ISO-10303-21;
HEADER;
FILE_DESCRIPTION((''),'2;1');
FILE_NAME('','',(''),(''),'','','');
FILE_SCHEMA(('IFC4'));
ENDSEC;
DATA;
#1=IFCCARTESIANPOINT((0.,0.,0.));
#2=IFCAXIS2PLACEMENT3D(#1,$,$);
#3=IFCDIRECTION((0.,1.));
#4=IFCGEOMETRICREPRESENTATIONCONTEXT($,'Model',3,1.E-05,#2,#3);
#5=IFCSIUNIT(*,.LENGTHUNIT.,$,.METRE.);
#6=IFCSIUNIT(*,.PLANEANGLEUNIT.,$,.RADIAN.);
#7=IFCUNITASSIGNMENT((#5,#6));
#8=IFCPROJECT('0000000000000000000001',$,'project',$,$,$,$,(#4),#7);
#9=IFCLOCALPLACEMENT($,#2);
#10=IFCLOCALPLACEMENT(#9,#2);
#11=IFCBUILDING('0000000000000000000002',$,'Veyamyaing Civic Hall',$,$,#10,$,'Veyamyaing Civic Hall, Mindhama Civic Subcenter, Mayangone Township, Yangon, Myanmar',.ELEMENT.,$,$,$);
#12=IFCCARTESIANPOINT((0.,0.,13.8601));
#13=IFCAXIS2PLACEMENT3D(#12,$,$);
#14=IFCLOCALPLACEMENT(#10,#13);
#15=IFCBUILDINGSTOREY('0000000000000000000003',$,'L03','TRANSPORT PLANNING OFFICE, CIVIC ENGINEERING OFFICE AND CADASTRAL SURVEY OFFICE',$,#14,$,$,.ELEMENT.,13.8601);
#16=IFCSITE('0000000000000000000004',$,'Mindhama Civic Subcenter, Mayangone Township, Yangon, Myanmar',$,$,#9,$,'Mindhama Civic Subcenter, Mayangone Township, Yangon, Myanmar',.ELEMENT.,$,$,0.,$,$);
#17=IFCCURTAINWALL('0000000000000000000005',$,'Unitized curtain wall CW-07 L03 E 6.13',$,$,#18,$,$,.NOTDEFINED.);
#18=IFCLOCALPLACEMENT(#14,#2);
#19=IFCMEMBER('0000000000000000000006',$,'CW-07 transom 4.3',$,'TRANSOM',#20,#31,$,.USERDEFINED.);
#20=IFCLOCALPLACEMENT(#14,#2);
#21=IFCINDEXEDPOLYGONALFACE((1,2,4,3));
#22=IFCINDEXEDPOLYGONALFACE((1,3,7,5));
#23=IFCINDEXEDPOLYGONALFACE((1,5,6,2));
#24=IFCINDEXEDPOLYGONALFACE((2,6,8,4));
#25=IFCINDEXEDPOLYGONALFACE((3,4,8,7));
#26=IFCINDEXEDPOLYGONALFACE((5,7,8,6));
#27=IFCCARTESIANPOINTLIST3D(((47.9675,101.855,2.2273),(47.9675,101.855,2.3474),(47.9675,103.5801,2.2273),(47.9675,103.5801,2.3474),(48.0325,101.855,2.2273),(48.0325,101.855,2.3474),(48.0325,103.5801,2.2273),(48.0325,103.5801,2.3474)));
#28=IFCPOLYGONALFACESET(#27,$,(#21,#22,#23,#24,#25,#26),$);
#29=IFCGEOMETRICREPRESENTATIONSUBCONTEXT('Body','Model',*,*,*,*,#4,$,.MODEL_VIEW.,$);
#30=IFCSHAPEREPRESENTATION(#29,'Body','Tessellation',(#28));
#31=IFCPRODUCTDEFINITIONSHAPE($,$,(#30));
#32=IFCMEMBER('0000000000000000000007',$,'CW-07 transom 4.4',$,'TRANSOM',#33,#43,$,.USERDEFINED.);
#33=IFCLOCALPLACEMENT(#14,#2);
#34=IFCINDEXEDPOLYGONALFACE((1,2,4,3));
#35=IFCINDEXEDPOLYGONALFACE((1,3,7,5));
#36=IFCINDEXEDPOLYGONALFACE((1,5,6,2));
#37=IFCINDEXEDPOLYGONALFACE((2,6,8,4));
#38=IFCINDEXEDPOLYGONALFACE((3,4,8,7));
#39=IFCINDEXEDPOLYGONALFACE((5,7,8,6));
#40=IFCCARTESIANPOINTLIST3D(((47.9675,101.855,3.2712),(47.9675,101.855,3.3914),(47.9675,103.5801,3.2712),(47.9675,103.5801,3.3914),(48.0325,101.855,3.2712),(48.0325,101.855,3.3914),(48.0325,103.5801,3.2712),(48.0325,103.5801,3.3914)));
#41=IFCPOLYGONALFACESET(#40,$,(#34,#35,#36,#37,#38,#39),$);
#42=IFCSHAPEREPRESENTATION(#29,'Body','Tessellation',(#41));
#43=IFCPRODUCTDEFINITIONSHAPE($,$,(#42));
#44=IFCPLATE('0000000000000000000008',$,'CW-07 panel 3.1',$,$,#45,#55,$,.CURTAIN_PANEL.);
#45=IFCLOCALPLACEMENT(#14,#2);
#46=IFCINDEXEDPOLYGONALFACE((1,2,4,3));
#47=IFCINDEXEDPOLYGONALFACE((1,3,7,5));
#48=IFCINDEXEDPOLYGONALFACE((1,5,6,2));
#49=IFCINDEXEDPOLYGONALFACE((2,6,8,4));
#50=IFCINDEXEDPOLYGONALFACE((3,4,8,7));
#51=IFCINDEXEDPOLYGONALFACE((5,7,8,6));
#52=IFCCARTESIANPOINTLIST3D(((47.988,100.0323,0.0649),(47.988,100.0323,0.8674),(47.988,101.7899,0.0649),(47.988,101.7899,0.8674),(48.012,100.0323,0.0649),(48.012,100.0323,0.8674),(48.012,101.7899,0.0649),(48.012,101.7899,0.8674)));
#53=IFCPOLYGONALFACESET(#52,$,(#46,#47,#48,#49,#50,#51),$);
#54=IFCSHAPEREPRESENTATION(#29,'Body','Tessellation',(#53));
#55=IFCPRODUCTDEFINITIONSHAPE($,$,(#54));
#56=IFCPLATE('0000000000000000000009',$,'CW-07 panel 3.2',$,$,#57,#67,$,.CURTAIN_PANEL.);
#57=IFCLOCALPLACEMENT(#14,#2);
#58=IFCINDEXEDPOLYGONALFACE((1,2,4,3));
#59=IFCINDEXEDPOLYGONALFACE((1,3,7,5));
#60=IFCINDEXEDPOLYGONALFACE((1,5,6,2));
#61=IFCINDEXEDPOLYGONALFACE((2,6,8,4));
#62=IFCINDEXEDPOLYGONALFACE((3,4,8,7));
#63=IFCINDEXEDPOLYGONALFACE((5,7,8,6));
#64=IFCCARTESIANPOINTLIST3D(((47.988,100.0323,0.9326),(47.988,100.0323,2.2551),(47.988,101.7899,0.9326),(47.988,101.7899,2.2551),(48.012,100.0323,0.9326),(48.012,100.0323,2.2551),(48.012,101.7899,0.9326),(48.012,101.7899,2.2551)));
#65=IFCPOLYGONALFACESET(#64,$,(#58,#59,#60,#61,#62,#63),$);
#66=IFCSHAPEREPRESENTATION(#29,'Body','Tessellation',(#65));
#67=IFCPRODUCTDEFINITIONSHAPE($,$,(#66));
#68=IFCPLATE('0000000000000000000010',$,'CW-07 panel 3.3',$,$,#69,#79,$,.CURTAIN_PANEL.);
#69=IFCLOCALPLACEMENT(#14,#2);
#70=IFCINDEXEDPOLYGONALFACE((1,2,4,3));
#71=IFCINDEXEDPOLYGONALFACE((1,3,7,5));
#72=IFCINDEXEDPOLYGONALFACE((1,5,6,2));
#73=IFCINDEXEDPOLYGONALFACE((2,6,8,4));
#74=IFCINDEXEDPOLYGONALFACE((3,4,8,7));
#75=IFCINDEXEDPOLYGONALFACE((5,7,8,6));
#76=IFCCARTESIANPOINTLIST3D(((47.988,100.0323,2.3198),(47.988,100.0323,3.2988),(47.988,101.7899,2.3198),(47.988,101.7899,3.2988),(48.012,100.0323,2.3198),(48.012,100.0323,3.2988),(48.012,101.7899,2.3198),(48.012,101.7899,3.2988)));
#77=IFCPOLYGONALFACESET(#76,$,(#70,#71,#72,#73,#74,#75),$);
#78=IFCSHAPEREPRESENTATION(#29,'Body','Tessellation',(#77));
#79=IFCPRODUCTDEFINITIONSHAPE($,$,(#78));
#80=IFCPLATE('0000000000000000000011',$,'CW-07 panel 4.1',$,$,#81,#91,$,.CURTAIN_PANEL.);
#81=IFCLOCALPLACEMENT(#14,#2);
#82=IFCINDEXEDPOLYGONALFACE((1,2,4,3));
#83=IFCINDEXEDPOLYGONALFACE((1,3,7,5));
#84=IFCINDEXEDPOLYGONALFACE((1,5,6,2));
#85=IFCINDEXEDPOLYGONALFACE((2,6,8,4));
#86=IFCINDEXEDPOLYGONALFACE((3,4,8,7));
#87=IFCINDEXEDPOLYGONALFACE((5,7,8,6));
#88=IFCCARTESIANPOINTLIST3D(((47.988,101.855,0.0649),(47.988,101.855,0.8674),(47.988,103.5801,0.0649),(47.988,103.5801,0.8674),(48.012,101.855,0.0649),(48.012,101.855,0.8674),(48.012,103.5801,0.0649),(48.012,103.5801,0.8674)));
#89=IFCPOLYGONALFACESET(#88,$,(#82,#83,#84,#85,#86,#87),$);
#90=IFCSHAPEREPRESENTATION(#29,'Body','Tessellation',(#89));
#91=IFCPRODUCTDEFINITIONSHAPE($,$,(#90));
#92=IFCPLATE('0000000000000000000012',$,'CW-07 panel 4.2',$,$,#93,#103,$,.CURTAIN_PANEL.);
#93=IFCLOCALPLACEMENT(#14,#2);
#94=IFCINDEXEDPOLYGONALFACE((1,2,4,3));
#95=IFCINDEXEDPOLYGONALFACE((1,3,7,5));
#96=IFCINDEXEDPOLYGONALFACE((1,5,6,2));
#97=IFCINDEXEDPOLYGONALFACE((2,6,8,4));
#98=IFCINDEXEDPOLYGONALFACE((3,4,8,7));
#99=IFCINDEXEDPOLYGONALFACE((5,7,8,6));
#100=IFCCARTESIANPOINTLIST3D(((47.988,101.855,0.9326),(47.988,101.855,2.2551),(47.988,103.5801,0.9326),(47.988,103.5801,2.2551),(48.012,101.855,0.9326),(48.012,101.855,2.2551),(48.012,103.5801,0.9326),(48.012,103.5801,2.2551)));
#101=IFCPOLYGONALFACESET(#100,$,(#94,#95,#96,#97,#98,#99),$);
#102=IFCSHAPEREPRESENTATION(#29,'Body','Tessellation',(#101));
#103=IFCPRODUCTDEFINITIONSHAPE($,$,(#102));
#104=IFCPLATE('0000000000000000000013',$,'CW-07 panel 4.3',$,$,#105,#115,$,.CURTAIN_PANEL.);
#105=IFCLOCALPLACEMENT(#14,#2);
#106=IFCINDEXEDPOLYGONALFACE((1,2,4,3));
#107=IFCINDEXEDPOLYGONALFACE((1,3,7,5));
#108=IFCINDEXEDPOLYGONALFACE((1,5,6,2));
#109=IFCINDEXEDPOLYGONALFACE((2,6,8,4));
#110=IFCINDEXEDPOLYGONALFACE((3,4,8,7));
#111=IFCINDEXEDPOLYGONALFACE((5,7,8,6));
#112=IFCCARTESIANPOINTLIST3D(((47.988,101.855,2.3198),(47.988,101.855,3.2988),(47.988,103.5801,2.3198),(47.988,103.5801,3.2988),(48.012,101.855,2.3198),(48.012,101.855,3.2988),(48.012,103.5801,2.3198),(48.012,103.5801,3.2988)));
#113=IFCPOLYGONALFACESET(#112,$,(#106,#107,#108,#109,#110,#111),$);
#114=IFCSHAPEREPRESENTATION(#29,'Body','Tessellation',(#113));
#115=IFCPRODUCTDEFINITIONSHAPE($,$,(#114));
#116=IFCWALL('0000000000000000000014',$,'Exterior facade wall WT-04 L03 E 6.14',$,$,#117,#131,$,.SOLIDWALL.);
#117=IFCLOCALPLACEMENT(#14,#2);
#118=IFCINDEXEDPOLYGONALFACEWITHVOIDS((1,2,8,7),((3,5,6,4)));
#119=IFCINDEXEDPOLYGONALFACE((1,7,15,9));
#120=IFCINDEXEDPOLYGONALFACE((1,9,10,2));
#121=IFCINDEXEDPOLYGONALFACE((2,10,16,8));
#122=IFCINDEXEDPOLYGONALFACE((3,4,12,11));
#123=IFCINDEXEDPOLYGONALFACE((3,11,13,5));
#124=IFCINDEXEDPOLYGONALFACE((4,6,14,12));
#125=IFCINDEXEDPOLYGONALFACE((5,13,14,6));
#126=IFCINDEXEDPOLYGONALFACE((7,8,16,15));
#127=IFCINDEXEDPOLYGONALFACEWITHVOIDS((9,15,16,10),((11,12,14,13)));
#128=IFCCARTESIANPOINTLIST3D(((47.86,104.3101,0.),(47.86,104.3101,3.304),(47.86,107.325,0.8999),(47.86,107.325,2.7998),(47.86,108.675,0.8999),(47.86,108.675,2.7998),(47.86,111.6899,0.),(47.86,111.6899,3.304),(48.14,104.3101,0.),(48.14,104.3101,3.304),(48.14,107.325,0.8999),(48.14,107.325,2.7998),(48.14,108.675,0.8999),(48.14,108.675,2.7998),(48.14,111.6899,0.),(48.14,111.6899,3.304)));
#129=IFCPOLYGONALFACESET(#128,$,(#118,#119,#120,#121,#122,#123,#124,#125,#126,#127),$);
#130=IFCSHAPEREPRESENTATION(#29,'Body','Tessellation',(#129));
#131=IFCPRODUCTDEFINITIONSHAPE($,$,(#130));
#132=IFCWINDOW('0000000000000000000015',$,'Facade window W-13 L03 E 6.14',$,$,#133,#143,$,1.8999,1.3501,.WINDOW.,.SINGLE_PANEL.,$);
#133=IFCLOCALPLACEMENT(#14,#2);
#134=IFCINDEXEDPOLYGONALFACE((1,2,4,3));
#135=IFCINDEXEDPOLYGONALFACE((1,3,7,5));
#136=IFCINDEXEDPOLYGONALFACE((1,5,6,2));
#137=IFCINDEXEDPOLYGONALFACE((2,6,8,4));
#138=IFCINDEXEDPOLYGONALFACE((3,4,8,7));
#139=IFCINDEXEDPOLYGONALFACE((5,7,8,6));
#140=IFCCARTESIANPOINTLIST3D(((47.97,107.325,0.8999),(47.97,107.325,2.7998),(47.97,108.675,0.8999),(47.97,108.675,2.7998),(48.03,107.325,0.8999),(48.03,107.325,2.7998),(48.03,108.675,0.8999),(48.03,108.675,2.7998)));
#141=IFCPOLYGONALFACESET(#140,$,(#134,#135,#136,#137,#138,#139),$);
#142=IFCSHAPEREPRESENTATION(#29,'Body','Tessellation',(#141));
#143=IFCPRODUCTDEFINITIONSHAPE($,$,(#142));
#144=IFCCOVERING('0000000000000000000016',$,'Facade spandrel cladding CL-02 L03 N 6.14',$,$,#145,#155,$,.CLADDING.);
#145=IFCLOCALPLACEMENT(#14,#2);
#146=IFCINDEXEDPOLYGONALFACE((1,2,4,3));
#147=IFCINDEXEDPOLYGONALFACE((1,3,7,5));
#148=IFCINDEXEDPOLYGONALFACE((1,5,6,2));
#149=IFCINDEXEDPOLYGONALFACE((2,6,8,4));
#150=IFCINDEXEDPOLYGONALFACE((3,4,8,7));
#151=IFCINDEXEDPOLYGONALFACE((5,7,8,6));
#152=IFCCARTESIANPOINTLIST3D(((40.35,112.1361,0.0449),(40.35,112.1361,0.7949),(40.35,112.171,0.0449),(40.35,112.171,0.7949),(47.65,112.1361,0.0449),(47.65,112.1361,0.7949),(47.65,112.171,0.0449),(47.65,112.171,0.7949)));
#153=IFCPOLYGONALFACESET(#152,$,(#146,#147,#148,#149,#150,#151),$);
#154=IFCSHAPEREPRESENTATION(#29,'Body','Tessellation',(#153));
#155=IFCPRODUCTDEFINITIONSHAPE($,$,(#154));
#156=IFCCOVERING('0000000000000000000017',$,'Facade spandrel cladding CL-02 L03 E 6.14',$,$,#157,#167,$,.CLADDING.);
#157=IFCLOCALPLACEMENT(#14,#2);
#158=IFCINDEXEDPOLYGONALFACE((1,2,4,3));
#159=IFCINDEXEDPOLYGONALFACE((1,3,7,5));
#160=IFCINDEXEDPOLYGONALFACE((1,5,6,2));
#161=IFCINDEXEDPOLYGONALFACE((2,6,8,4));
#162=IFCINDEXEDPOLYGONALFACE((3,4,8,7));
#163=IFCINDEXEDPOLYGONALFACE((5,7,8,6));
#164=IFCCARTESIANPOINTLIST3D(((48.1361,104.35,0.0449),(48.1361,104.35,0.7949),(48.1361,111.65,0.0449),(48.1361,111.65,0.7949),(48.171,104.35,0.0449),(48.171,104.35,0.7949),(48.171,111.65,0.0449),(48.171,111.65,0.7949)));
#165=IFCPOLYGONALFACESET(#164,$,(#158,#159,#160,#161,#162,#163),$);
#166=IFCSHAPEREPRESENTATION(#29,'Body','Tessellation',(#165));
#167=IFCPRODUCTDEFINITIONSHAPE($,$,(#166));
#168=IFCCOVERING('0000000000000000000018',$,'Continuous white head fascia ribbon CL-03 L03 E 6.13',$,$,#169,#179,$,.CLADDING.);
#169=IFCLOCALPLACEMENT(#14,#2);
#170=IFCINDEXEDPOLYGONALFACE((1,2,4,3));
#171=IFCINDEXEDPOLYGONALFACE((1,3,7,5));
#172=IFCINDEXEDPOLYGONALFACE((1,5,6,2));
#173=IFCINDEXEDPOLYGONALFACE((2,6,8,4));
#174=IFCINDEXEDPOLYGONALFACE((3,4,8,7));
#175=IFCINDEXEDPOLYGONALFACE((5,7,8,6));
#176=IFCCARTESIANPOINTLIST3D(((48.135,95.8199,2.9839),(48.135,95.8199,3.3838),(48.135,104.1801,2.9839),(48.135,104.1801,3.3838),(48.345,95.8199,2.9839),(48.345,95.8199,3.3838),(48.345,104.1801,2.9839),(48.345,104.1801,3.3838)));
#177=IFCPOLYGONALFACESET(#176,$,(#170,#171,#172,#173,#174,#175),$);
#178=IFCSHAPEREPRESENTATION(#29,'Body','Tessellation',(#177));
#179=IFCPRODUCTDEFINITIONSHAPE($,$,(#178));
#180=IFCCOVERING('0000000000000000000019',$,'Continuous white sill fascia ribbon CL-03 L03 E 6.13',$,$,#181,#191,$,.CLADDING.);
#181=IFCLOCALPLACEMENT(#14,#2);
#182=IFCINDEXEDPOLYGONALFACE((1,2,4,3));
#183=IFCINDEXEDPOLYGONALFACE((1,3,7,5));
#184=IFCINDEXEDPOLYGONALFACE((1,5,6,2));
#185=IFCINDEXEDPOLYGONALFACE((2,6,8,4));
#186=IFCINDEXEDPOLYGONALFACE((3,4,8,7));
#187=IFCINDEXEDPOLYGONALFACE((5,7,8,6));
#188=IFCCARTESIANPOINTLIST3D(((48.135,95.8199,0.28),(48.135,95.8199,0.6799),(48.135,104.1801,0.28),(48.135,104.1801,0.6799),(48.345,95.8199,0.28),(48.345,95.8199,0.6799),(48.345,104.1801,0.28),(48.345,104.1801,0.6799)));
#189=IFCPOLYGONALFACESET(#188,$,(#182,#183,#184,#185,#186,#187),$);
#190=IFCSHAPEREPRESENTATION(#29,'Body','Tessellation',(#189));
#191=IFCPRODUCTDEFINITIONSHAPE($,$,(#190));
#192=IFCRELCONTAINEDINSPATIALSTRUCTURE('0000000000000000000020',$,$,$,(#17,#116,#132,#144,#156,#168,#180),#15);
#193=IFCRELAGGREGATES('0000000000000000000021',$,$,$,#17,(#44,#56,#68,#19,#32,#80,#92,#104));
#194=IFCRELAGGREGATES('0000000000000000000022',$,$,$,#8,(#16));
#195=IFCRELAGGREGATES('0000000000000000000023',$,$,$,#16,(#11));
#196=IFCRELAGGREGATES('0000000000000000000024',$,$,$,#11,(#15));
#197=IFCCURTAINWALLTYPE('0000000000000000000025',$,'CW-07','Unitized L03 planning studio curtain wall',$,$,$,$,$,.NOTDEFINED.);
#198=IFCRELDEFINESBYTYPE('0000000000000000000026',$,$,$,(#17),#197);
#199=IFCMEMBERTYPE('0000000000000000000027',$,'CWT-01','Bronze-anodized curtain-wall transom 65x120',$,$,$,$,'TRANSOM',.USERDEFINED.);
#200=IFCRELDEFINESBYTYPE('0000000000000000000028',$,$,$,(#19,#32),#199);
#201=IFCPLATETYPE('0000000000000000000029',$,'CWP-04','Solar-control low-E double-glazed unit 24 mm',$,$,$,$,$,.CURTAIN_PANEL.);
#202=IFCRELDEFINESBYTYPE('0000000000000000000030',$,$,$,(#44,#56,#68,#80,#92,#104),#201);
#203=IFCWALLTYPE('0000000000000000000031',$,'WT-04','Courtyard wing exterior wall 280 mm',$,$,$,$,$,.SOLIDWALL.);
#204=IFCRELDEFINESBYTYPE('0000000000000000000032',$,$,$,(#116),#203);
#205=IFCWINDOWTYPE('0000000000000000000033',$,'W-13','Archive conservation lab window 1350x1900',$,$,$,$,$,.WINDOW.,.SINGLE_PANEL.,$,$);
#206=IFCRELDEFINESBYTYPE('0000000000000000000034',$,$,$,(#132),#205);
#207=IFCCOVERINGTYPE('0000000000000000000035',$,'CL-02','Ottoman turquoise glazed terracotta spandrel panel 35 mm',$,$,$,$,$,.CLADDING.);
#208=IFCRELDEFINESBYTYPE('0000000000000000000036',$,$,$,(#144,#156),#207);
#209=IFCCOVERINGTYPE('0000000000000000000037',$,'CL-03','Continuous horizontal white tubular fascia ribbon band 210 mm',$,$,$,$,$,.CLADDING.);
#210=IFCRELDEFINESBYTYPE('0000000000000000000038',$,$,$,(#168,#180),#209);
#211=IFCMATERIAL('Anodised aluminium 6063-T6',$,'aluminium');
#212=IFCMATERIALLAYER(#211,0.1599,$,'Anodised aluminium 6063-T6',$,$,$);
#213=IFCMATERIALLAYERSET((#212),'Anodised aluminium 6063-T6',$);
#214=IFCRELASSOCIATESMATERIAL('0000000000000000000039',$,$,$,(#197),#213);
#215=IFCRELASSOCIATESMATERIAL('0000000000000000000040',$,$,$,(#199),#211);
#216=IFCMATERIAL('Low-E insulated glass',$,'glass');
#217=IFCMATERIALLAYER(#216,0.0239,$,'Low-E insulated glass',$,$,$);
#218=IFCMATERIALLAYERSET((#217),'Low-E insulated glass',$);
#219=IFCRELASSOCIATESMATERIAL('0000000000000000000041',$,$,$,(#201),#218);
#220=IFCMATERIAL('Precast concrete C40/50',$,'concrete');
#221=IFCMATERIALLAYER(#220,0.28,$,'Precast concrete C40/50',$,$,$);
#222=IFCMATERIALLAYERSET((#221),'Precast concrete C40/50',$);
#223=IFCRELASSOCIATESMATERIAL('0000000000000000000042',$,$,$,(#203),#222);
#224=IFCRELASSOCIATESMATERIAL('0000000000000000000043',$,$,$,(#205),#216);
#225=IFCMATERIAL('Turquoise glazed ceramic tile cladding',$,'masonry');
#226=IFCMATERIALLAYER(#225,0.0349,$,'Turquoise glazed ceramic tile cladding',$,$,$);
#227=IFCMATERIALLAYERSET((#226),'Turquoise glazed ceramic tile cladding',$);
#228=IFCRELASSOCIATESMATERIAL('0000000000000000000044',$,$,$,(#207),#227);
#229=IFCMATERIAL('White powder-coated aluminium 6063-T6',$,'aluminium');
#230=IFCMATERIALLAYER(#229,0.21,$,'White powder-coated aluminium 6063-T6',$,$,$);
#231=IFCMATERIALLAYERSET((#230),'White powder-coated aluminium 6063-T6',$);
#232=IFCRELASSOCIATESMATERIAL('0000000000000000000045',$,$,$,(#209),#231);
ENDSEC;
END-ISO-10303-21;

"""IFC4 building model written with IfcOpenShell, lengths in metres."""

from ifc_helpers import new_model, si_unit, direction, frame, frame_2d, origin, origin_2d, place, context, subcontext, project, spatial, rectangle, extrude, material, layer, layer_set, material_profile, profile_set, type_object, element, fill, aggregate, save


model = new_model("IFC4")

# Units and contexts
model_context = context("Model", 3, precision=1e-05, world=origin(), true_north=direction((0.0, 1.0)))
body_context = subcontext(model_context, "Body", "Model", "MODEL_VIEW")
ifc_project = project(units=[si_unit("LENGTHUNIT", "METRE"), si_unit("PLANEANGLEUNIT", "RADIAN")], contexts=[model_context])

# Site, building, storey
site_placement = place(None, origin())
site = spatial("IfcSite", under=ifc_project, at=site_placement, Name="Mindhama Civic Subcenter, Mayangone Township, Yangon, Myanmar", LongName="Mindhama Civic Subcenter, Mayangone Township, Yangon, Myanmar", CompositionType="ELEMENT", RefElevation=0.0)
building_placement = place(site_placement, origin())
building = spatial("IfcBuilding", under=site, at=building_placement, Name="Veyamyaing Civic Hall", LongName="Veyamyaing Civic Hall, Mindhama Civic Subcenter, Mayangone Township, Yangon, Myanmar", CompositionType="ELEMENT")
storey_placement = place(building_placement, frame((0.0, 0.0, 13.8601)))
storey = spatial("IfcBuildingStorey", under=building, at=storey_placement, Name="L03", Description="TRANSPORT PLANNING OFFICE, CIVIC ENGINEERING OFFICE AND CADASTRAL SURVEY OFFICE", CompositionType="ELEMENT", Elevation=13.8601)

# Curtain wall, members, plates
ifc_material_1 = material(Name="Anodised aluminium 6063-T6", Category="aluminium")
ifc_layer_1 = layer(ifc_material_1, 0.1599, Name="Anodised aluminium 6063-T6")
ifc_layer_set_1 = layer_set([ifc_layer_1], Name="Anodised aluminium 6063-T6")
curtain_wall_type = type_object("IfcCurtainWallType", Name="CW-07", Description="Unitized L03 planning studio curtain wall", PredefinedType="NOTDEFINED", material=ifc_layer_set_1)
curtain_wall_placement = place(storey_placement, origin())
curtain_wall = element("IfcCurtainWall", 1, at=curtain_wall_placement, inside=storey, type_object=curtain_wall_type, Name="Unitized curtain wall CW-07 L03 E 6.13", PredefinedType="NOTDEFINED")
ifc_material_profile_1 = material_profile(ifc_material_1, rectangle(XDim=0.0649, YDim=0.1201, at=origin_2d()), Name="ALU-TRN-65X120")
ifc_profile_set_1 = profile_set([ifc_material_profile_1], Name="Anodised aluminium 6063-T6")
member_type_1 = type_object("IfcMemberType", Name="CWT-01", Description="Bronze-anodized curtain-wall transom 65x120", ElementType="TRANSOM", PredefinedType="USERDEFINED", material=ifc_profile_set_1)
member_1_placement = place(storey_placement, frame((48.0, 101.855, 2.2874), z_axis=(0.0, 1.0, 0.0), x_axis=(-1.0, 0.0, 0.0)))
member_1 = element("IfcMember", 2, at=member_1_placement, type_object=member_type_1, Name="CW-07 transom 4.3", ObjectType="TRANSOM", PredefinedType="USERDEFINED", context=body_context, shape_type="SweptSolid", body=[
    extrude(rectangle(XDim=0.0649, YDim=0.1201, at=origin_2d()), origin(), (0.0, 0.0, 1.0), 1.7251),
])
member_2_placement = place(storey_placement, frame((48.0, 101.855, 3.3313), z_axis=(0.0, 1.0, 0.0), x_axis=(-1.0, 0.0, 0.0)))
member_2 = element("IfcMember", 3, at=member_2_placement, type_object=member_type_1, Name="CW-07 transom 4.4", ObjectType="TRANSOM", PredefinedType="USERDEFINED", context=body_context, shape_type="SweptSolid", body=[
    extrude(rectangle(XDim=0.0649, YDim=0.1201, at=origin_2d()), origin(), (0.0, 0.0, 1.0), 1.7251),
])
ifc_material_2 = material(Name="Low-E insulated glass", Category="glass")
ifc_layer_2 = layer(ifc_material_2, 0.0239, Name="Low-E insulated glass")
ifc_layer_set_2 = layer_set([ifc_layer_2], Name="Low-E insulated glass")
plate_type = type_object("IfcPlateType", Name="CWP-04", Description="Solar-control low-E double-glazed unit 24 mm", PredefinedType="CURTAIN_PANEL", material=ifc_layer_set_2)
plate_1_placement = place(storey_placement, frame((48.0, 100.9111, 0.0649), z_axis=(0.0, 0.0, 1.0), x_axis=(0.0, 1.0, 0.0)))
plate_1 = element("IfcPlate", 4, at=plate_1_placement, type_object=plate_type, Name="CW-07 panel 3.1", PredefinedType="CURTAIN_PANEL", context=body_context, shape_type="SweptSolid", body=[
    extrude(rectangle(XDim=1.7576, YDim=0.0239, at=origin_2d()), origin(), (0.0, 0.0, 1.0), 0.8025),
])
plate_2_placement = place(storey_placement, frame((48.0, 100.9111, 0.9326), z_axis=(0.0, 0.0, 1.0), x_axis=(0.0, 1.0, 0.0)))
plate_2 = element("IfcPlate", 5, at=plate_2_placement, type_object=plate_type, Name="CW-07 panel 3.2", PredefinedType="CURTAIN_PANEL", context=body_context, shape_type="SweptSolid", body=[
    extrude(rectangle(XDim=1.7576, YDim=0.0239, at=origin_2d()), origin(), (0.0, 0.0, 1.0), 1.3225),
])
plate_3_placement = place(storey_placement, frame((48.0, 100.9111, 2.3198), z_axis=(0.0, 0.0, 1.0), x_axis=(0.0, 1.0, 0.0)))
plate_3 = element("IfcPlate", 6, at=plate_3_placement, type_object=plate_type, Name="CW-07 panel 3.3", PredefinedType="CURTAIN_PANEL", context=body_context, shape_type="SweptSolid", body=[
    extrude(rectangle(XDim=1.7576, YDim=0.0239, at=origin_2d()), origin(), (0.0, 0.0, 1.0), 0.979),
])
plate_4_placement = place(storey_placement, frame((48.0, 102.7175, 0.0649), z_axis=(0.0, 0.0, 1.0), x_axis=(0.0, 1.0, 0.0)))
plate_4 = element("IfcPlate", 7, at=plate_4_placement, type_object=plate_type, Name="CW-07 panel 4.1", PredefinedType="CURTAIN_PANEL", context=body_context, shape_type="SweptSolid", body=[
    extrude(rectangle(XDim=1.7251, YDim=0.0239, at=origin_2d()), origin(), (0.0, 0.0, 1.0), 0.8025),
])
plate_5_placement = place(storey_placement, frame((48.0, 102.7175, 0.9326), z_axis=(0.0, 0.0, 1.0), x_axis=(0.0, 1.0, 0.0)))
plate_5 = element("IfcPlate", 8, at=plate_5_placement, type_object=plate_type, Name="CW-07 panel 4.2", PredefinedType="CURTAIN_PANEL", context=body_context, shape_type="SweptSolid", body=[
    extrude(rectangle(XDim=1.7251, YDim=0.0239, at=origin_2d()), origin(), (0.0, 0.0, 1.0), 1.3225),
])
plate_6_placement = place(storey_placement, frame((48.0, 102.7175, 2.3198), z_axis=(0.0, 0.0, 1.0), x_axis=(0.0, 1.0, 0.0)))
plate_6 = element("IfcPlate", 9, at=plate_6_placement, type_object=plate_type, Name="CW-07 panel 4.3", PredefinedType="CURTAIN_PANEL", context=body_context, shape_type="SweptSolid", body=[
    extrude(rectangle(XDim=1.7251, YDim=0.0239, at=origin_2d()), origin(), (0.0, 0.0, 1.0), 0.979),
])
aggregate(curtain_wall, [plate_1, plate_2, plate_3, member_1, member_2, plate_4, plate_5, plate_6])

# Wall, opening, window
ifc_material_3 = material(Name="Precast concrete C40/50", Category="concrete")
ifc_layer_3 = layer(ifc_material_3, 0.28, Name="Precast concrete C40/50")
ifc_layer_set_3 = layer_set([ifc_layer_3], Name="Precast concrete C40/50")
wall_type = type_object("IfcWallType", Name="WT-04", Description="Courtyard wing exterior wall 280 mm", PredefinedType="SOLIDWALL", material=ifc_layer_set_3)
wall_placement = place(storey_placement, frame((48.0, 104.3101, 0.0), z_axis=(0.0, 0.0, 1.0), x_axis=(0.0, 1.0, 0.0)))
wall = element("IfcWall", 10, at=wall_placement, inside=storey, type_object=wall_type, Name="Exterior facade wall WT-04 L03 E 6.14", PredefinedType="SOLIDWALL", context=body_context, shape_type="SweptSolid", body=[
    extrude(rectangle(XDim=7.3799, YDim=0.28, at=frame_2d((3.6899, 0.0))), origin(), (0.0, 0.0, 1.0), 3.304),
])
opening_placement = place(wall_placement, frame((3.0149, 0.0, 0.8999)))
opening = element("IfcOpeningElement", 11, at=opening_placement, cuts=wall, PredefinedType="OPENING", context=body_context, shape_type="SweptSolid", body=[
    extrude(rectangle(XDim=1.3501, YDim=1.8999, at=frame_2d((0.675, 0.95))), frame((0.0, 0.1499, 0.0), z_axis=(0.0, -1.0, 0.0), x_axis=(1.0, 0.0, 0.0)), (0.0, 0.0, 1.0), 0.3),
])
window_type = type_object("IfcWindowType", Name="W-13", Description="Archive conservation lab window 1350x1900", PartitioningType="SINGLE_PANEL", PredefinedType="WINDOW", material=ifc_material_2)
window_placement = place(opening_placement, origin())
window = element("IfcWindow", 12, at=window_placement, inside=storey, type_object=window_type, Name="Facade window W-13 L03 E 6.14", OverallHeight=1.8999, OverallWidth=1.3501, PartitioningType="SINGLE_PANEL", PredefinedType="WINDOW", context=body_context, shape_type="SweptSolid", body=[
    extrude(rectangle(XDim=1.3501, YDim=1.8999, at=frame_2d((0.675, 0.95))), frame((0.0, 0.03, 0.0), z_axis=(0.0, -1.0, 0.0), x_axis=(1.0, 0.0, 0.0)), (0.0, 0.0, 1.0), 0.0601),
])
fill(opening, window)

# Coverings
ifc_material_4 = material(Name="Turquoise glazed ceramic tile cladding", Category="masonry")
ifc_layer_4 = layer(ifc_material_4, 0.0349, Name="Turquoise glazed ceramic tile cladding")
ifc_layer_set_4 = layer_set([ifc_layer_4], Name="Turquoise glazed ceramic tile cladding")
covering_type_1 = type_object("IfcCoveringType", Name="CL-02", Description="Ottoman turquoise glazed terracotta spandrel panel 35 mm", PredefinedType="CLADDING", material=ifc_layer_set_4)
for number, where, z_axis, x_axis, name in (
    (13, (44.0, 112.1536, 0.0449), (0.0, 0.0, 1.0), (1.0, 0.0, 0.0), "Facade spandrel cladding CL-02 L03 N 6.14"),
    (14, (48.1536, 108.0, 0.0449), (0.0, 0.0, 1.0), (0.0, 1.0, 0.0), "Facade spandrel cladding CL-02 L03 E 6.14"),
):
    element("IfcCovering", number, at=place(storey_placement, frame(where, z_axis=z_axis, x_axis=x_axis)), inside=storey, type_object=covering_type_1, Name=name, PredefinedType="CLADDING", context=body_context, shape_type="SweptSolid", body=[
        extrude(rectangle(XDim=7.3, YDim=0.0349, at=origin_2d()), origin(), (0.0, 0.0, 1.0), 0.75),
    ])
ifc_material_5 = material(Name="White powder-coated aluminium 6063-T6", Category="aluminium")
ifc_layer_5 = layer(ifc_material_5, 0.21, Name="White powder-coated aluminium 6063-T6")
ifc_layer_set_5 = layer_set([ifc_layer_5], Name="White powder-coated aluminium 6063-T6")
covering_type_2 = type_object("IfcCoveringType", Name="CL-03", Description="Continuous horizontal white tubular fascia ribbon band 210 mm", PredefinedType="CLADDING", material=ifc_layer_set_5)
for number, where, z_axis, x_axis, name in (
    (15, (48.24, 100.0, 2.9839), (0.0, 0.0, 1.0), (0.0, 1.0, 0.0), "Continuous white head fascia ribbon CL-03 L03 E 6.13"),
    (16, (48.24, 100.0, 0.28), (0.0, 0.0, 1.0), (0.0, 1.0, 0.0), "Continuous white sill fascia ribbon CL-03 L03 E 6.13"),
):
    element("IfcCovering", number, at=place(storey_placement, frame(where, z_axis=z_axis, x_axis=x_axis)), inside=storey, type_object=covering_type_2, Name=name, PredefinedType="CLADDING", context=body_context, shape_type="SweptSolid", body=[
        extrude(rectangle(XDim=8.3601, YDim=0.21, at=origin_2d()), origin(), (0.0, 0.0, 1.0), 0.3999),
    ])

save(model, "model.ifc")
